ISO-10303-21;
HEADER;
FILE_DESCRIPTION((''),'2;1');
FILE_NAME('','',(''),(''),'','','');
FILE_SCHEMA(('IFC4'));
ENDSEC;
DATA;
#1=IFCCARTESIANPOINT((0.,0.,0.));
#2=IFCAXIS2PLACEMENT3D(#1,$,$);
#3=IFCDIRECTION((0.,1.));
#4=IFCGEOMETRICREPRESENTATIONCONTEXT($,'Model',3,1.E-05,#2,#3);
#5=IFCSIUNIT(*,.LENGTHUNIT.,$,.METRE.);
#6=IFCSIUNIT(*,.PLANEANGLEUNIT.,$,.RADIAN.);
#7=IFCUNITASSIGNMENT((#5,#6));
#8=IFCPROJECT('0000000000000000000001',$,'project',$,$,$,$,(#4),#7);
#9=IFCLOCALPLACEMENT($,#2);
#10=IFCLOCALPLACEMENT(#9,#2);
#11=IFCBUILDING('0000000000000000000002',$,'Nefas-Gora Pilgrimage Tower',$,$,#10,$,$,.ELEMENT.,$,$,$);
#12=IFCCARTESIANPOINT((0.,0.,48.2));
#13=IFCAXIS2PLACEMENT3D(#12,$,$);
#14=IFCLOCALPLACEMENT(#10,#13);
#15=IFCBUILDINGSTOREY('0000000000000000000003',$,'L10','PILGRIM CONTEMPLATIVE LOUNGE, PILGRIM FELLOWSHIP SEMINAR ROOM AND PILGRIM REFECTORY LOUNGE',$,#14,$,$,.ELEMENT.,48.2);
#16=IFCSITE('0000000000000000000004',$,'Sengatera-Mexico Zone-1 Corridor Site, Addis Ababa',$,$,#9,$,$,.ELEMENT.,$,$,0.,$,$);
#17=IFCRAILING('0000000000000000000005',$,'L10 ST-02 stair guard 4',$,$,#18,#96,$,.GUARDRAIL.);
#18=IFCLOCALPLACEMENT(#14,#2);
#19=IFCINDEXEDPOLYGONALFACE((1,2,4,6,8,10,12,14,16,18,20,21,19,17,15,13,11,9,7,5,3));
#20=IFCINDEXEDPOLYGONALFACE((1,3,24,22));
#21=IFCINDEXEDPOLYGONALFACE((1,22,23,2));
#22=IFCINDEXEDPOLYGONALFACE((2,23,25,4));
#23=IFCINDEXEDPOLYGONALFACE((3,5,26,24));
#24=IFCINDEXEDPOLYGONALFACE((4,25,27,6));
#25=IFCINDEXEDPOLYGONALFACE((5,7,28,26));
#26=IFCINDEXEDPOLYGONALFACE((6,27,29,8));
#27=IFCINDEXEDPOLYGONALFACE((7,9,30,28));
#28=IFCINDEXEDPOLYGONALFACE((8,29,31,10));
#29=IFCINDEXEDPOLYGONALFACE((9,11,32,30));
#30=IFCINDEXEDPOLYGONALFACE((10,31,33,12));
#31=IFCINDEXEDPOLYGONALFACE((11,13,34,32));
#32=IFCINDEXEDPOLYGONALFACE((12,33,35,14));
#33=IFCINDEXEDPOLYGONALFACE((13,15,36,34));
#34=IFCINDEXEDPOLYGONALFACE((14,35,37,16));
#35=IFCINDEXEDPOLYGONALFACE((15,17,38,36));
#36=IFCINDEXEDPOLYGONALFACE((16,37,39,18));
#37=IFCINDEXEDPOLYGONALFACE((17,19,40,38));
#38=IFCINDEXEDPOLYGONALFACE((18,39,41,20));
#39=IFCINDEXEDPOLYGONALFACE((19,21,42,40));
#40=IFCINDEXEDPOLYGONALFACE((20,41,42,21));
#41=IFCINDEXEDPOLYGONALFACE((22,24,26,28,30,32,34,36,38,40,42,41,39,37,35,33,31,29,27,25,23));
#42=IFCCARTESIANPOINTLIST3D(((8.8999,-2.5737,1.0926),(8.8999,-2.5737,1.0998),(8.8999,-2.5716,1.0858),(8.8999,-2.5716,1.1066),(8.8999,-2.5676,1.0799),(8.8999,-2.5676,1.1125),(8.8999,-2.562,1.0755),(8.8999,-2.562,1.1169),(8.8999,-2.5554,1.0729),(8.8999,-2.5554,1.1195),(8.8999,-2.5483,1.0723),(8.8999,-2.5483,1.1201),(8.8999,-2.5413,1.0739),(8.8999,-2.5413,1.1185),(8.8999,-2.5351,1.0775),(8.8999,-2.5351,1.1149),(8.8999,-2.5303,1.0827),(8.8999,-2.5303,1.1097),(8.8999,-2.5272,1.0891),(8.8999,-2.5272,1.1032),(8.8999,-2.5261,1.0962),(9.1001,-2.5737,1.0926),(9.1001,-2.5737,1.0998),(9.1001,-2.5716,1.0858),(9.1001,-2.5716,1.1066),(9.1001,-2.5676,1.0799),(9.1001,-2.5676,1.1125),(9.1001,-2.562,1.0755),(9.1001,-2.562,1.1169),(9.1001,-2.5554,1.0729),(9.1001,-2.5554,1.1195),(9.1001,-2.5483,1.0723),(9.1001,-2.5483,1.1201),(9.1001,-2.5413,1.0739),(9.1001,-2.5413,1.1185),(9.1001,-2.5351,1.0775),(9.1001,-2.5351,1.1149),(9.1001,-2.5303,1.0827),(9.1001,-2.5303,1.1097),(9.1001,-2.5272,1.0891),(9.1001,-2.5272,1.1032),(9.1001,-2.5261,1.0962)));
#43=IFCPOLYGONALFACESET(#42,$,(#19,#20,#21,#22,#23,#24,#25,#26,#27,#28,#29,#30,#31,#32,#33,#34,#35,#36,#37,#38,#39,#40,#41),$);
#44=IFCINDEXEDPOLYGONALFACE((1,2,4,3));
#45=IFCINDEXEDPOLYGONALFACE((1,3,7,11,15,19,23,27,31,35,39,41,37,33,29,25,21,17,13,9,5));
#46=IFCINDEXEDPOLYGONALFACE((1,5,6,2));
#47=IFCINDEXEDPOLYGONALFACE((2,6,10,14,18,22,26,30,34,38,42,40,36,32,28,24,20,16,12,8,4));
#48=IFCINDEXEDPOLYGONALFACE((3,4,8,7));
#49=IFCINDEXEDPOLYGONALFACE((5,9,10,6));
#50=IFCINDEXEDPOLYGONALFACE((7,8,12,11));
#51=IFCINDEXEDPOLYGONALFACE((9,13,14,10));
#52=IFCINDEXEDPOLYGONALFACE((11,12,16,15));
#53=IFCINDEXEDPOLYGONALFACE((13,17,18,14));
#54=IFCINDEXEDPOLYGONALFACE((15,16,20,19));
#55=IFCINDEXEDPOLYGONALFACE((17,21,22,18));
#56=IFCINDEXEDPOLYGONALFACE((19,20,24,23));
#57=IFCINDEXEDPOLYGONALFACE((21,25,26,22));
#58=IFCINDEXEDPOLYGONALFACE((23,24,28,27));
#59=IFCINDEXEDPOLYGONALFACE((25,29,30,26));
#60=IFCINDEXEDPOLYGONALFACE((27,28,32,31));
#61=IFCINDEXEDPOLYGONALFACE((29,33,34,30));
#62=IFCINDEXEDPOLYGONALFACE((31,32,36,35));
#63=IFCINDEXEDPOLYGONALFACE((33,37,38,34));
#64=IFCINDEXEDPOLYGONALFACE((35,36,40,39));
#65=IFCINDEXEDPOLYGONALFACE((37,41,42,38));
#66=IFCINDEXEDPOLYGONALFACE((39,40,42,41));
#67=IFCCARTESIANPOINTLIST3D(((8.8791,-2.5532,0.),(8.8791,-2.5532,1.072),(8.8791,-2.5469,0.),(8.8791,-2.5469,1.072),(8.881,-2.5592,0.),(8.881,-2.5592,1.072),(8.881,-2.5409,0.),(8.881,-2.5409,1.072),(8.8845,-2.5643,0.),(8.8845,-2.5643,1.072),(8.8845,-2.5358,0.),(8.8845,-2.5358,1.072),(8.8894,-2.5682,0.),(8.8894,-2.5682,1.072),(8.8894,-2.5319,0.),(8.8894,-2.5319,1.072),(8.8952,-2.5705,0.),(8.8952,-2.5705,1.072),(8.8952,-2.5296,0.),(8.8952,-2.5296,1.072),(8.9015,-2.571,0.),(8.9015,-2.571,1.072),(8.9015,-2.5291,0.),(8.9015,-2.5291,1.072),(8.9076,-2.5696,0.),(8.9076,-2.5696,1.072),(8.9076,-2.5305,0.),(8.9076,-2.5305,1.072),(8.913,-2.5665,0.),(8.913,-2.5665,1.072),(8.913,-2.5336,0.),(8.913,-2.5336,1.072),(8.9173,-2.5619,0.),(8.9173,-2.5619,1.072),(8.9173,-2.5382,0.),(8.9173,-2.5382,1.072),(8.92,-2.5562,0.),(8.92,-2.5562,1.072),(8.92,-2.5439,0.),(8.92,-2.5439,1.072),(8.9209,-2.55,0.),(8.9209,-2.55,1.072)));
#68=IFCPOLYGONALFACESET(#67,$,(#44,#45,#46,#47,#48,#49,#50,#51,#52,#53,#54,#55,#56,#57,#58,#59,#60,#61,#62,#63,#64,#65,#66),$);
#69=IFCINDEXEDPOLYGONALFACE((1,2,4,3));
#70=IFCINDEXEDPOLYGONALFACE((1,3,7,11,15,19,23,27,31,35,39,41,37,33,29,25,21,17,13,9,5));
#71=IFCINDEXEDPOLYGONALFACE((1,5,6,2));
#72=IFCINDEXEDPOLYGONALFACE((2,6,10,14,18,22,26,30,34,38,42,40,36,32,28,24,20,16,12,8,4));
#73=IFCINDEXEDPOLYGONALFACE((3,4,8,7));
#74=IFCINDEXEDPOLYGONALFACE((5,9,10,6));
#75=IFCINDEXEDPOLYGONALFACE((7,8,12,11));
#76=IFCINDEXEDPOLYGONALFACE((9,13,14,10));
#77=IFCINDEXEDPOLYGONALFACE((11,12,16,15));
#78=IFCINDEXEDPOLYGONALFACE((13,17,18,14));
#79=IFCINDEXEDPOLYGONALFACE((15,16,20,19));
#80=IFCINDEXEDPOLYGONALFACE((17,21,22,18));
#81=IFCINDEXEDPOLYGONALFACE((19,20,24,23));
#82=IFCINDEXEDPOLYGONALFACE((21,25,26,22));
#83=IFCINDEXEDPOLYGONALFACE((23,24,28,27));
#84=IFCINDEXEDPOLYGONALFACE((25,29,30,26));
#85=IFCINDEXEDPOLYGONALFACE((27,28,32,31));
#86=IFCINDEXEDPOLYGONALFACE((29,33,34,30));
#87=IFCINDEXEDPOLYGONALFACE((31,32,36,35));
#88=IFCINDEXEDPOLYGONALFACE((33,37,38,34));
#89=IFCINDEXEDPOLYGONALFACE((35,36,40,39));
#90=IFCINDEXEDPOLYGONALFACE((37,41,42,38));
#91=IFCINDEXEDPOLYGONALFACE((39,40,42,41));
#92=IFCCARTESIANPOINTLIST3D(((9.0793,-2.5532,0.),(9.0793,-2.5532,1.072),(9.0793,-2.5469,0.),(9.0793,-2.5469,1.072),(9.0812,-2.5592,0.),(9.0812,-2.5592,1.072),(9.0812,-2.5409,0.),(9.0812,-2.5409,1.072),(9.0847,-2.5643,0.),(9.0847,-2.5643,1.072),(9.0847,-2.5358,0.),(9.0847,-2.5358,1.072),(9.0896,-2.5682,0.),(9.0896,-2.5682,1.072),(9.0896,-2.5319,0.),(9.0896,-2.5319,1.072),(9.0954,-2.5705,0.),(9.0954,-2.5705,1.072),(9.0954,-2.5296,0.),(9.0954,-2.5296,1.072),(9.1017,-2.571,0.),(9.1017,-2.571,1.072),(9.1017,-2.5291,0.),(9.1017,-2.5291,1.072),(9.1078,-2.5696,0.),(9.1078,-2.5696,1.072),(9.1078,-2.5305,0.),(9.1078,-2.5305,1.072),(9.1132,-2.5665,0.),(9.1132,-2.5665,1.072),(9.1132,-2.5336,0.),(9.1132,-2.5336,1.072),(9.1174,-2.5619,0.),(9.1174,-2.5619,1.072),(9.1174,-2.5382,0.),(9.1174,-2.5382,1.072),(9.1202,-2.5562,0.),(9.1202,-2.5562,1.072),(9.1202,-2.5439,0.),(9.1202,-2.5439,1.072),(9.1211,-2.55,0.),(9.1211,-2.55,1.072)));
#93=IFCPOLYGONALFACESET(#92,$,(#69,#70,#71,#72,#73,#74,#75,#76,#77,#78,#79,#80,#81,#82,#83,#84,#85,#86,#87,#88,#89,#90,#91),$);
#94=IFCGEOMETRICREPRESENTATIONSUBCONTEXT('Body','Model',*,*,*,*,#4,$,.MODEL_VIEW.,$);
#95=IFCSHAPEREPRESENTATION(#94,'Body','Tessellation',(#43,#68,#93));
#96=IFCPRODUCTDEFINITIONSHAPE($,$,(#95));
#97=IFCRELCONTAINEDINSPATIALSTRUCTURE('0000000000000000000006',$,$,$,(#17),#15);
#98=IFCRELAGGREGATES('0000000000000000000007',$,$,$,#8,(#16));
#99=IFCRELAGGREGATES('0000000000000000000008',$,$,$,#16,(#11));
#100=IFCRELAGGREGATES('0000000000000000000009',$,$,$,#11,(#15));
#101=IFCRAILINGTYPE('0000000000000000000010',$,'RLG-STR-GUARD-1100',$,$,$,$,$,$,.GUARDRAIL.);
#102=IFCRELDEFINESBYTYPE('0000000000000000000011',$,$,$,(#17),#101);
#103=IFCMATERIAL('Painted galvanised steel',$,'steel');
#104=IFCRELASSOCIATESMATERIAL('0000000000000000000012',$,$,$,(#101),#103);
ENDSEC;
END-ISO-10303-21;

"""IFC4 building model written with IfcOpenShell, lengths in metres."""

from ifc_helpers import new_model, si_unit, direction, frame, origin, origin_2d, place, context, subcontext, project, spatial, circle, extrude, material, type_object, element, save


model = new_model("IFC4")

# Units and contexts
model_context = context("Model", 3, precision=1e-05, world=origin(), true_north=direction((0.0, 1.0)))
body_context = subcontext(model_context, "Body", "Model", "MODEL_VIEW")
ifc_project = project(units=[si_unit("LENGTHUNIT", "METRE"), si_unit("PLANEANGLEUNIT", "RADIAN")], contexts=[model_context])

# Site, building, storey
site_placement = place(None, origin())
site = spatial("IfcSite", under=ifc_project, at=site_placement, Name="Sengatera-Mexico Zone-1 Corridor Site, Addis Ababa", CompositionType="ELEMENT", RefElevation=0.0)
building_placement = place(site_placement, origin())
building = spatial("IfcBuilding", under=site, at=building_placement, Name="Nefas-Gora Pilgrimage Tower", CompositionType="ELEMENT")
storey_placement = place(building_placement, frame((0.0, 0.0, 48.2)))
storey = spatial("IfcBuildingStorey", under=building, at=storey_placement, Name="L10", Description="PILGRIM CONTEMPLATIVE LOUNGE, PILGRIM FELLOWSHIP SEMINAR ROOM AND PILGRIM REFECTORY LOUNGE", CompositionType="ELEMENT", Elevation=48.2)

# Railing
ifc_material_1 = material(Name="Painted galvanised steel", Category="steel")
railing_type_1 = type_object("IfcRailingType", Name="RLG-STR-GUARD-1100", PredefinedType="GUARDRAIL", material=ifc_material_1)
railing_1_placement = place(storey_placement, frame((8.8999, -2.55, 0.0)))
element("IfcRailing", 1, at=railing_1_placement, inside=storey, type_object=railing_type_1, Name="L10 ST-02 stair guard 4", PredefinedType="GUARDRAIL", context=body_context, shape_type="SweptSolid", body=[
    extrude(circle(Radius=0.0239, at=origin_2d()), frame((0.0, 0.0, 1.0962), z_axis=(1.0, 0.0, 0.0), x_axis=(0.0, 1.0, 0.0)), (0.0, 0.0, 1.0), 0.2002),
    extrude(circle(Radius=0.021, at=origin_2d()), origin(), (0.0, 0.0, 1.0), 1.072),
    extrude(circle(Radius=0.021, at=origin_2d()), frame((0.2002, 0.0, 0.0)), (0.0, 0.0, 1.0), 1.072),
])

save(model, "model.ifc")
